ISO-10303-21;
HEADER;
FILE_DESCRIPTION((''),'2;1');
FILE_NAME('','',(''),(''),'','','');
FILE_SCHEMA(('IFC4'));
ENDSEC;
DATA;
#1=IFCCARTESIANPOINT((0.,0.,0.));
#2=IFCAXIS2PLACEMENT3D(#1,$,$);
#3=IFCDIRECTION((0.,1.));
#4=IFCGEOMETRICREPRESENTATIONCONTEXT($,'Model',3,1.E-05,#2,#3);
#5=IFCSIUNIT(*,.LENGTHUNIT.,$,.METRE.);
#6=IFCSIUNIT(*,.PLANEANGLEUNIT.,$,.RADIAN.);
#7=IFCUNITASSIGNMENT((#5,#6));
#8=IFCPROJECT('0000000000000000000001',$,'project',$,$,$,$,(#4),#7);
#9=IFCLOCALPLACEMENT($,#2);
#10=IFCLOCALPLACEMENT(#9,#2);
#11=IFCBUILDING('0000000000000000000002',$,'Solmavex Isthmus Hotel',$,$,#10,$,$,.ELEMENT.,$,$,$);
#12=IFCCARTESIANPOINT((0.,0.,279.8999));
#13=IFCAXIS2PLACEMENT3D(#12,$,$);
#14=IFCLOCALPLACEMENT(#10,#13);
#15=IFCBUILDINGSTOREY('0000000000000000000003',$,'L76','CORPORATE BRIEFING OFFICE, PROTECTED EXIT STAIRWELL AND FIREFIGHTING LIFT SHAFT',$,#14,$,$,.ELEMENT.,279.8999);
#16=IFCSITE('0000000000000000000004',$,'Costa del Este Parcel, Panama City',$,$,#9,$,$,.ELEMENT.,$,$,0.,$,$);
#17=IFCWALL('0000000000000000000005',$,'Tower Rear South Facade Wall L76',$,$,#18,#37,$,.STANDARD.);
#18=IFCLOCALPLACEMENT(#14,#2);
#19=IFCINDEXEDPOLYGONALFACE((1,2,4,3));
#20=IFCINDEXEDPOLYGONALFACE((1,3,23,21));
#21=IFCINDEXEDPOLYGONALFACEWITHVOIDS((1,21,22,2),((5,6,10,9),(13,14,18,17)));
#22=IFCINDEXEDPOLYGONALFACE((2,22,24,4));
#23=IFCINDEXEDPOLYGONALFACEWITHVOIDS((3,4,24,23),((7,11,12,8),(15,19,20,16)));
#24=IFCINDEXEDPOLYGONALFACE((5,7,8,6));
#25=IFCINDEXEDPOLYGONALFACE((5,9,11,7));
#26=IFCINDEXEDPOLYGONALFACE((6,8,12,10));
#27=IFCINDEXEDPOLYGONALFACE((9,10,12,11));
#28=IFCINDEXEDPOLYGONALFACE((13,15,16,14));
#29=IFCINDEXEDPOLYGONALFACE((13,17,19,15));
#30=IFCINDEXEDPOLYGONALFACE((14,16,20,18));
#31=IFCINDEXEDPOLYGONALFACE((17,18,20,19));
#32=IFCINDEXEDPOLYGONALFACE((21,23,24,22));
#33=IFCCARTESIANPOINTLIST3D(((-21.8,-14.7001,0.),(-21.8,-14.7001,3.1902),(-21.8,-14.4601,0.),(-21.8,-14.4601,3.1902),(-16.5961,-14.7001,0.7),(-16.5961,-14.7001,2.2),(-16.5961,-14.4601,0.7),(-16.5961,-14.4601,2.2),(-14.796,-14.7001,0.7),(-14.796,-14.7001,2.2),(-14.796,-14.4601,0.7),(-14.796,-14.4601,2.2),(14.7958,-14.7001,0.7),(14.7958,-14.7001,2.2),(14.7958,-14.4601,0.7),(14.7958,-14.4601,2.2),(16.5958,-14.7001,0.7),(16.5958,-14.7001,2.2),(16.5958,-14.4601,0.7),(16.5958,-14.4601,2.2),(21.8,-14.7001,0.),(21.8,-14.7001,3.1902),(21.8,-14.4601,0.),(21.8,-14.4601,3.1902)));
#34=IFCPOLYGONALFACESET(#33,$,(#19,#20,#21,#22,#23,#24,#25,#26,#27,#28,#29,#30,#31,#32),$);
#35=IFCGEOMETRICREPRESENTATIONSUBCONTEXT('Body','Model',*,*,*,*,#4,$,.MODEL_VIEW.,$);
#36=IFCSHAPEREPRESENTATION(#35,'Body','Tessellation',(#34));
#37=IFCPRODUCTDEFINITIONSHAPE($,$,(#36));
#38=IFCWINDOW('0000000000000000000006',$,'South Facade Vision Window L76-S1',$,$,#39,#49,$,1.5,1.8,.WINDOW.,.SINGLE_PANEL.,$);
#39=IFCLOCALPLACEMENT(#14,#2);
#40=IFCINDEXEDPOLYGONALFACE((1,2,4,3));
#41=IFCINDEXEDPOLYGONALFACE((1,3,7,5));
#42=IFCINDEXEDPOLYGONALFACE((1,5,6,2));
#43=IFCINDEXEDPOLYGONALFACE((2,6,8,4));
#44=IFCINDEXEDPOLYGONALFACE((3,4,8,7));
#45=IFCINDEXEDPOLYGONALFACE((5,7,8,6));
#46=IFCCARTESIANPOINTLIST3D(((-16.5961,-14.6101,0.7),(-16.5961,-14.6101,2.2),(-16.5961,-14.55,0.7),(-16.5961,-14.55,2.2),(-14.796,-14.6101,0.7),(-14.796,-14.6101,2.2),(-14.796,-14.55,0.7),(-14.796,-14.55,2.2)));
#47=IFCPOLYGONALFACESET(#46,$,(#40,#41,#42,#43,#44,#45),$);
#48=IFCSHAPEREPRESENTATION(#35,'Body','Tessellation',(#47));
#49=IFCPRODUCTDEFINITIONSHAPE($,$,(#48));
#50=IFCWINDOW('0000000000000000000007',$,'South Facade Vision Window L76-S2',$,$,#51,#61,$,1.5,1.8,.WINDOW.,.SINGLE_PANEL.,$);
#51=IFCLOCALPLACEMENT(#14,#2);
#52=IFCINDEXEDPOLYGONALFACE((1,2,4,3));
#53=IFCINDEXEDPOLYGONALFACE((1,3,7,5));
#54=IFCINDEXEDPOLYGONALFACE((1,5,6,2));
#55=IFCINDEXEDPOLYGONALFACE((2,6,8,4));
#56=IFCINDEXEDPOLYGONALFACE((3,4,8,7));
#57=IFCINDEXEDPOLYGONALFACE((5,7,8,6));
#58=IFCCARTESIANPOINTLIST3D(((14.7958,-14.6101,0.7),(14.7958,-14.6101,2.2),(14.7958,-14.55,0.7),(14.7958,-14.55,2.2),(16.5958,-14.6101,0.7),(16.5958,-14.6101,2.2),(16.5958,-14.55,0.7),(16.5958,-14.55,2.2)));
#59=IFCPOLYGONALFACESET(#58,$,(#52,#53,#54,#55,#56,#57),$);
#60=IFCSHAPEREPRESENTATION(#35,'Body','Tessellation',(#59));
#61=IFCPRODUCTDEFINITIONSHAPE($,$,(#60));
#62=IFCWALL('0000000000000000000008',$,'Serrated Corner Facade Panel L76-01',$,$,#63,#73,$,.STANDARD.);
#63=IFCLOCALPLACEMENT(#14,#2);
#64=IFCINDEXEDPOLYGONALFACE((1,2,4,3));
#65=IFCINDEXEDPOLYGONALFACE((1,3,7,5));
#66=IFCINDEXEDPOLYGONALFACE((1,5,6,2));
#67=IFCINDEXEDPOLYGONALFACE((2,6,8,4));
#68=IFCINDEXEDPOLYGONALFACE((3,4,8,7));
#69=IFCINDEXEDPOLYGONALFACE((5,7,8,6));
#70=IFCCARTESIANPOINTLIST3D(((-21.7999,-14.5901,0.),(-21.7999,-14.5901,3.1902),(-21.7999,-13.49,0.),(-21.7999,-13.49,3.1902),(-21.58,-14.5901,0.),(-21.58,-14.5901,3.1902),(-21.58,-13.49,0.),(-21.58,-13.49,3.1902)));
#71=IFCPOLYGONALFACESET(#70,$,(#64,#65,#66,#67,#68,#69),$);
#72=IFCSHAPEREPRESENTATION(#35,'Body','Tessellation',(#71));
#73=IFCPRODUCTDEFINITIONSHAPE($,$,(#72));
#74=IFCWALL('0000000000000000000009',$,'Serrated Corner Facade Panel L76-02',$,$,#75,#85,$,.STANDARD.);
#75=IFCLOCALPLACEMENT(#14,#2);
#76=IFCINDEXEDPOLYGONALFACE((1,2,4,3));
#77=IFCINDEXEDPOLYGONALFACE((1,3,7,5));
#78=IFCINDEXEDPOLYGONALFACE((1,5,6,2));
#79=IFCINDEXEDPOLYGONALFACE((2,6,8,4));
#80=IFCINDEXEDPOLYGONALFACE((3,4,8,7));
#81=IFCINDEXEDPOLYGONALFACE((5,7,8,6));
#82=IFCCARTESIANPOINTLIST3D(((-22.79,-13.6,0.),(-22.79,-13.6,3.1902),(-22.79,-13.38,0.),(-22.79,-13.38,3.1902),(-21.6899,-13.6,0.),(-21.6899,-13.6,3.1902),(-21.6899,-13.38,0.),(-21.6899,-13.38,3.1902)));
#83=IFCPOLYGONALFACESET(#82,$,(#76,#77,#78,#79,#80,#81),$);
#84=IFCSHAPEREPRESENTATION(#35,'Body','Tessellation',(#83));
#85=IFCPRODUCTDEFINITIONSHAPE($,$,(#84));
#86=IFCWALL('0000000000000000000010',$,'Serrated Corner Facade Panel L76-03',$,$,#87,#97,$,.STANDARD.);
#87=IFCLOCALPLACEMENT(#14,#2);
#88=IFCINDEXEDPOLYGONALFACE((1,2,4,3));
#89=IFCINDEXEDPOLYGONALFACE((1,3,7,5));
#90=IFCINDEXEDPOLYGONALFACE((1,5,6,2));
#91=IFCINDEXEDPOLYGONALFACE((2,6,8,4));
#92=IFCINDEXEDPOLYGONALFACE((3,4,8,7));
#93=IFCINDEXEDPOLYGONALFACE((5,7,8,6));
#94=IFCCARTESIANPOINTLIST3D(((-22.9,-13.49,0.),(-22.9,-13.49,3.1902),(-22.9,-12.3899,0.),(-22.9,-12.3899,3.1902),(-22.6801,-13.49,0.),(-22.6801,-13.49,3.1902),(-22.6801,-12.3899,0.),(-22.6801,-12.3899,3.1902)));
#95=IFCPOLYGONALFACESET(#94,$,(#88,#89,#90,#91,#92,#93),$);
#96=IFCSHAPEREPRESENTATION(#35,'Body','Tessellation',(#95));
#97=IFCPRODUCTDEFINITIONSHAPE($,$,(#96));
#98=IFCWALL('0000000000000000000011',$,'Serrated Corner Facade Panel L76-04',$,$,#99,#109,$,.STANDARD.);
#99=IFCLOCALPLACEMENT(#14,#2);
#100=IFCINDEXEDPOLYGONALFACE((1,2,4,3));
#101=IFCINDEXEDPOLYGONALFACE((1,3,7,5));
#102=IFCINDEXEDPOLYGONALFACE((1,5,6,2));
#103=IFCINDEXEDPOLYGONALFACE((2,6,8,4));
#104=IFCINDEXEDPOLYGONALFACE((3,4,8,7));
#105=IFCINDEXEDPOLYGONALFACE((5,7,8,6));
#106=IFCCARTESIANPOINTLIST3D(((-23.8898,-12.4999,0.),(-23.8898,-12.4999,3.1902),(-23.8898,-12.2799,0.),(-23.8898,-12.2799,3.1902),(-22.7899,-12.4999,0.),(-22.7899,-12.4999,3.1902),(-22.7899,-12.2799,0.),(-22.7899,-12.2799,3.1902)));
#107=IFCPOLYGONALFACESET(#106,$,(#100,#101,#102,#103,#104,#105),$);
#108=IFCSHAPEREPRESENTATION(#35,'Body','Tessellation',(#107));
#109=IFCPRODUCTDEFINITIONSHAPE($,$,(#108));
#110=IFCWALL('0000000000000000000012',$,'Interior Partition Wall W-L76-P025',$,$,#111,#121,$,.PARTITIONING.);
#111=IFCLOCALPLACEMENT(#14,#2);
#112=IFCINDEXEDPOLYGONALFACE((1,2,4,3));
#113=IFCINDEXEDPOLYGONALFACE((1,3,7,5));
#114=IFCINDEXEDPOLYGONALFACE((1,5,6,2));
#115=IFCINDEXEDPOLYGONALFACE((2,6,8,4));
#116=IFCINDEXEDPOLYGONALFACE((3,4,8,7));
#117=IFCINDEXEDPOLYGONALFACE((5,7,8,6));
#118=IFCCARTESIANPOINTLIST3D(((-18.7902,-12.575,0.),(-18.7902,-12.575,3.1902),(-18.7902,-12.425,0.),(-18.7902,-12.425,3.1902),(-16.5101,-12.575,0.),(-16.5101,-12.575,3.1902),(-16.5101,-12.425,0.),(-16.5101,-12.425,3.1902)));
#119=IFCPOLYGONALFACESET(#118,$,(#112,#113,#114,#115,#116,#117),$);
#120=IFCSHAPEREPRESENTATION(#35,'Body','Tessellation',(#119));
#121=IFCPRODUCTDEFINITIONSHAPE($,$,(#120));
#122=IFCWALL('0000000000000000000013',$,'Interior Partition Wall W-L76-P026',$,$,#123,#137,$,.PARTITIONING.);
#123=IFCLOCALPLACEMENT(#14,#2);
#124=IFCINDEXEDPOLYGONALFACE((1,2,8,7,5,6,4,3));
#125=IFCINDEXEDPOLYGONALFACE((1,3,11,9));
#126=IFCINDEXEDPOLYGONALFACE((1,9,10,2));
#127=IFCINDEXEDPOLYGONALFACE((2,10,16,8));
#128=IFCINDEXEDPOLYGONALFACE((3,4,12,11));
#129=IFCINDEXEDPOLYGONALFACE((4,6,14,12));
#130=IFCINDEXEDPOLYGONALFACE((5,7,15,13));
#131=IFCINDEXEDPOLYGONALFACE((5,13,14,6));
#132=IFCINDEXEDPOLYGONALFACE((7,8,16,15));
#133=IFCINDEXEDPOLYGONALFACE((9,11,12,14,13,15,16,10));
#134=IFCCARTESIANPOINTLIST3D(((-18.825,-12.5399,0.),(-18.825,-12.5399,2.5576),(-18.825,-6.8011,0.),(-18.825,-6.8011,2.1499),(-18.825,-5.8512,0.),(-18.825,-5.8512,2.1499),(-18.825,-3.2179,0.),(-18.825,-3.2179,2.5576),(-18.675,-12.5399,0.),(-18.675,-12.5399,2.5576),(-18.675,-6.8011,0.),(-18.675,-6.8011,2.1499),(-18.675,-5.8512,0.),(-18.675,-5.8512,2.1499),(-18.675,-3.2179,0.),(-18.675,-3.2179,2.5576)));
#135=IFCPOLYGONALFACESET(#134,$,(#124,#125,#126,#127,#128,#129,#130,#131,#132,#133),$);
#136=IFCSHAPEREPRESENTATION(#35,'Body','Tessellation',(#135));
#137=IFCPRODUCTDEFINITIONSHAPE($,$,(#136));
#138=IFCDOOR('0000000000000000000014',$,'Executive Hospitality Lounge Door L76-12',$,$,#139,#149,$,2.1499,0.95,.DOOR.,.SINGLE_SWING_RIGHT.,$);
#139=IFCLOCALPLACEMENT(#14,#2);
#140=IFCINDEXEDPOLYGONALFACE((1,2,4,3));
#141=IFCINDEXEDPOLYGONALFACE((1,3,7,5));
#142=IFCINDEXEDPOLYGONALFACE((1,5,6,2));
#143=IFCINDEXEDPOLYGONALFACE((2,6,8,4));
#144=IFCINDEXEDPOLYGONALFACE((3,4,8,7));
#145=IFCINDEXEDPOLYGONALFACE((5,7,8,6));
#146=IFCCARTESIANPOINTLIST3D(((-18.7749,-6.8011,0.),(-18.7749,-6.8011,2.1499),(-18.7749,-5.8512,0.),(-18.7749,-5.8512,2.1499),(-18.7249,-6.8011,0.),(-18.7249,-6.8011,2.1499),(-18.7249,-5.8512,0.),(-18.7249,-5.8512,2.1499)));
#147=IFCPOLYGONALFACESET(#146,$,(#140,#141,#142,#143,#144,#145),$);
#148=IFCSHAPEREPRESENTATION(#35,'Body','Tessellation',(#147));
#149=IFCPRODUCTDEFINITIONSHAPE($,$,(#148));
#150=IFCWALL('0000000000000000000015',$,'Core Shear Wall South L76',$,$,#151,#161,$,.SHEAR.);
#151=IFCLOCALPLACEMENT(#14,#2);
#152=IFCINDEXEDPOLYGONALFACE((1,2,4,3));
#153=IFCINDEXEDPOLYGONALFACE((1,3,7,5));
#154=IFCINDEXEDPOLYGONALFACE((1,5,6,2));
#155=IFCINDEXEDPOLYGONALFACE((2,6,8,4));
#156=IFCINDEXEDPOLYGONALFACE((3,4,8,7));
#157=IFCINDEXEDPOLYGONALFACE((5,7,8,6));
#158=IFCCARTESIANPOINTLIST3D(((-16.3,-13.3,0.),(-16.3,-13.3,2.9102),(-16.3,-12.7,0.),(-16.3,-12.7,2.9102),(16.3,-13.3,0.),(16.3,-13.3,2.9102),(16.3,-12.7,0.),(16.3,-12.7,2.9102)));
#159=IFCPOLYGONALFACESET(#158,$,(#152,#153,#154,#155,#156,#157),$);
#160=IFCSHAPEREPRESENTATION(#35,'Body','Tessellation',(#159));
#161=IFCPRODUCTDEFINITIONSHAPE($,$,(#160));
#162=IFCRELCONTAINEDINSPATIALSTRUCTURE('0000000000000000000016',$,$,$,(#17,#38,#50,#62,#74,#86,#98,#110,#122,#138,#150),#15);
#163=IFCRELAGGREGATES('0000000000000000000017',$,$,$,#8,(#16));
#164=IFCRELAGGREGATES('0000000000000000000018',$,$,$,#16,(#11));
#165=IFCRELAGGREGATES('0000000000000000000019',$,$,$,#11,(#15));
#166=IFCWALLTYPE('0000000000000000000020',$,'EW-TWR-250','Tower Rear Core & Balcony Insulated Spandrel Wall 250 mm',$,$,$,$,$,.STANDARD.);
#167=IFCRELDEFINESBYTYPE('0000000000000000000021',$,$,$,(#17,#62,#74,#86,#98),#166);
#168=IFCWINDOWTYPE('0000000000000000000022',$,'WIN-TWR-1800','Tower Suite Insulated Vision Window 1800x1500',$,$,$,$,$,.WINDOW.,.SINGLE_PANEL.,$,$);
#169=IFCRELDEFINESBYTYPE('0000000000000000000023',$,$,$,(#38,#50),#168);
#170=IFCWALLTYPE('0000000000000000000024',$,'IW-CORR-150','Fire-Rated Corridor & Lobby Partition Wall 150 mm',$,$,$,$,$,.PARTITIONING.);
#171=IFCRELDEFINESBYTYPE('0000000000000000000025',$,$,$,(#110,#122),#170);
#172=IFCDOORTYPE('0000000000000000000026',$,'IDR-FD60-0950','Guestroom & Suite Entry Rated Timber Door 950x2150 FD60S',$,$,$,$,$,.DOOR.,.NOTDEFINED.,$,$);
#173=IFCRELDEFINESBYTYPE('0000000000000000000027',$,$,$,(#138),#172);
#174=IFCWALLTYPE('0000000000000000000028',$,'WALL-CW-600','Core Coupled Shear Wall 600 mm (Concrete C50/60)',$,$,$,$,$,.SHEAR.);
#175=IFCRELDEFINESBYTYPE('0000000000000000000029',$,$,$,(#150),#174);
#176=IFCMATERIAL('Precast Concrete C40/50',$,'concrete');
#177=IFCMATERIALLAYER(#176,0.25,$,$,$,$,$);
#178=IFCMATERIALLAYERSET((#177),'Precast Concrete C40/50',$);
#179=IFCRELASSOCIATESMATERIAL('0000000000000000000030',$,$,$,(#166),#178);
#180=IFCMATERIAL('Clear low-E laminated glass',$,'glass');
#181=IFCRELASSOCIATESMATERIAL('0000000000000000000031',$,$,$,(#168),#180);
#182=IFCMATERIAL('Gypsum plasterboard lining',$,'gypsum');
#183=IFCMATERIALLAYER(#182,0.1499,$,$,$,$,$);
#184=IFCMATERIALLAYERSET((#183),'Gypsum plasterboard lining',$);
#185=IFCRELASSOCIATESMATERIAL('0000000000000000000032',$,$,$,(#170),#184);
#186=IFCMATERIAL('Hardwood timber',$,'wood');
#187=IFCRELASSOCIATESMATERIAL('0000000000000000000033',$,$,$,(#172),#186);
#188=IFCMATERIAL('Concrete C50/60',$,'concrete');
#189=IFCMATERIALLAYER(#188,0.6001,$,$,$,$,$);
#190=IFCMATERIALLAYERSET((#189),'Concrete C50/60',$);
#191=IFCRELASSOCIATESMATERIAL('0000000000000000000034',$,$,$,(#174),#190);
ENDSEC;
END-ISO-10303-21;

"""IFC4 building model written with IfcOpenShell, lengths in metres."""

from ifc_helpers import new_model, si_unit, direction, frame, frame_2d, origin, place, context, subcontext, project, spatial, rectangle, extrude, material, layer, layer_set, type_object, element, fill, save


model = new_model("IFC4")

# Units and contexts
model_context = context("Model", 3, precision=1e-05, world=origin(), true_north=direction((0.0, 1.0)))
body_context = subcontext(model_context, "Body", "Model", "MODEL_VIEW")
ifc_project = project(units=[si_unit("LENGTHUNIT", "METRE"), si_unit("PLANEANGLEUNIT", "RADIAN")], contexts=[model_context])

# Site, building, storey
site_placement = place(None, origin())
site = spatial("IfcSite", under=ifc_project, at=site_placement, Name="Costa del Este Parcel, Panama City", CompositionType="ELEMENT", RefElevation=0.0)
building_placement = place(site_placement, origin())
building = spatial("IfcBuilding", under=site, at=building_placement, Name="Solmavex Isthmus Hotel", CompositionType="ELEMENT")
storey_placement = place(building_placement, frame((0.0, 0.0, 279.8999)))
storey = spatial("IfcBuildingStorey", under=building, at=storey_placement, Name="L76", Description="CORPORATE BRIEFING OFFICE, PROTECTED EXIT STAIRWELL AND FIREFIGHTING LIFT SHAFT", CompositionType="ELEMENT", Elevation=279.8999)

# Shared definitions
ifc_material_1 = material(Name="Concrete C50/60", Category="concrete")

# Shared definitions
ifc_material_2 = material(Name="Clear low-E laminated glass", Category="glass")

# Wall, openings, windows
ifc_material_3 = material(Name="Precast Concrete C40/50", Category="concrete")
ifc_layer_1 = layer(ifc_material_3, 0.25)
ifc_layer_set_1 = layer_set([ifc_layer_1], Name="Precast Concrete C40/50")
wall_type_1 = type_object("IfcWallType", Name="EW-TWR-250", Description="Tower Rear Core & Balcony Insulated Spandrel Wall 250 mm", PredefinedType="STANDARD", material=ifc_layer_set_1)
wall_1_placement = place(storey_placement, frame((-21.8, -14.5801, 0.0), z_axis=(0.0, 0.0, 1.0), x_axis=(1.0, 0.0, 0.0)))
wall_1 = element("IfcWall", 1, at=wall_1_placement, inside=storey, type_object=wall_type_1, Name="Tower Rear South Facade Wall L76", PredefinedType="STANDARD", context=body_context, shape_type="SweptSolid", body=[
    extrude(rectangle(XDim=43.6001, YDim=0.24, at=frame_2d((21.8, 0.0))), origin(), (0.0, 0.0, 1.0), 3.1902),
])
opening_1_placement = place(wall_1_placement, frame((5.2041, 0.0, 0.7)))
opening_1 = element("IfcOpeningElement", 2, at=opening_1_placement, cuts=wall_1, PredefinedType="OPENING", context=body_context, shape_type="SweptSolid", body=[
    extrude(rectangle(XDim=1.8, YDim=1.5, at=frame_2d((0.8999, 0.75))), frame((0.0, 0.1299, 0.0), z_axis=(0.0, -1.0, 0.0), x_axis=(1.0, 0.0, 0.0)), (0.0, 0.0, 1.0), 0.26),
])
opening_2_placement = place(wall_1_placement, frame((36.5959, 0.0, 0.7)))
opening_2 = element("IfcOpeningElement", 3, at=opening_2_placement, cuts=wall_1, PredefinedType="OPENING", context=body_context, shape_type="SweptSolid", body=[
    extrude(rectangle(XDim=1.8, YDim=1.5, at=frame_2d((0.8999, 0.75))), frame((0.0, 0.1299, 0.0), z_axis=(0.0, -1.0, 0.0), x_axis=(1.0, 0.0, 0.0)), (0.0, 0.0, 1.0), 0.26),
])
window_type = type_object("IfcWindowType", Name="WIN-TWR-1800", Description="Tower Suite Insulated Vision Window 1800x1500", PartitioningType="SINGLE_PANEL", PredefinedType="WINDOW", material=ifc_material_2)
window_1_placement = place(opening_1_placement, origin())
window_1 = element("IfcWindow", 4, at=window_1_placement, inside=storey, type_object=window_type, Name="South Facade Vision Window L76-S1", OverallHeight=1.5, OverallWidth=1.8, PartitioningType="SINGLE_PANEL", PredefinedType="WINDOW", context=body_context, shape_type="SweptSolid", body=[
    extrude(rectangle(XDim=1.8, YDim=1.5, at=frame_2d((0.8999, 0.75))), frame((0.0, 0.03, 0.0), z_axis=(0.0, -1.0, 0.0), x_axis=(1.0, 0.0, 0.0)), (0.0, 0.0, 1.0), 0.0601),
])
fill(opening_1, window_1)
window_2_placement = place(opening_2_placement, origin())
window_2 = element("IfcWindow", 5, at=window_2_placement, inside=storey, type_object=window_type, Name="South Facade Vision Window L76-S2", OverallHeight=1.5, OverallWidth=1.8, PartitioningType="SINGLE_PANEL", PredefinedType="WINDOW", context=body_context, shape_type="SweptSolid", body=[
    extrude(rectangle(XDim=1.8, YDim=1.5, at=frame_2d((0.8999, 0.75))), frame((0.0, 0.03, 0.0), z_axis=(0.0, -1.0, 0.0), x_axis=(1.0, 0.0, 0.0)), (0.0, 0.0, 1.0), 0.0601),
])
fill(opening_2, window_2)

# Walls
for number, where, z_axis, x_axis, name in (
    (6, (-21.6899, -14.5901, 0.0), (0.0, 0.0, 1.0), (0.0, 1.0, 0.0), "Serrated Corner Facade Panel L76-01"),
    (7, (-21.6899, -13.49, 0.0), (0.0, 0.0, 1.0), (-1.0, 0.0, 0.0), "Serrated Corner Facade Panel L76-02"),
    (8, (-22.79, -13.49, 0.0), (0.0, 0.0, 1.0), (0.0, 1.0, 0.0), "Serrated Corner Facade Panel L76-03"),
):
    element("IfcWall", number, at=place(storey_placement, frame(where, z_axis=z_axis, x_axis=x_axis)), inside=storey, type_object=wall_type_1, Name=name, PredefinedType="STANDARD", context=body_context, shape_type="SweptSolid", body=[
        extrude(rectangle(XDim=1.1001, YDim=0.22, at=frame_2d((0.55, 0.0))), origin(), (0.0, 0.0, 1.0), 3.1902),
    ])
wall_2_placement = place(storey_placement, frame((-22.79, -12.3899, 0.0), z_axis=(0.0, 0.0, 1.0), x_axis=(-1.0, 0.0, 0.0)))
element("IfcWall", 9, at=wall_2_placement, inside=storey, type_object=wall_type_1, Name="Serrated Corner Facade Panel L76-04", PredefinedType="STANDARD", context=body_context, shape_type="SweptSolid", body=[
    extrude(rectangle(XDim=1.0999, YDim=0.22, at=frame_2d((0.5498, 0.0))), origin(), (0.0, 0.0, 1.0), 3.1902),
])
ifc_material_4 = material(Name="Gypsum plasterboard lining", Category="gypsum")
ifc_layer_2 = layer(ifc_material_4, 0.1499)
ifc_layer_set_2 = layer_set([ifc_layer_2], Name="Gypsum plasterboard lining")
wall_type_2 = type_object("IfcWallType", Name="IW-CORR-150", Description="Fire-Rated Corridor & Lobby Partition Wall 150 mm", PredefinedType="PARTITIONING", material=ifc_layer_set_2)
wall_3_placement = place(storey_placement, frame((-16.51, -12.5, 0.0), z_axis=(0.0, 0.0, 1.0), x_axis=(-1.0, 0.0, 0.0)))
element("IfcWall", 10, at=wall_3_placement, inside=storey, type_object=wall_type_2, Name="Interior Partition Wall W-L76-P025", PredefinedType="PARTITIONING", context=body_context, shape_type="SweptSolid", body=[
    extrude(rectangle(XDim=2.28, YDim=0.1499, at=frame_2d((1.1401, 0.0))), origin(), (0.0, 0.0, 1.0), 3.1902),
])

# Wall, opening, door
wall_4_placement = place(storey_placement, frame((-18.75, -12.54, 0.0), z_axis=(0.0, 0.0, 1.0), x_axis=(0.0, 1.0, 0.0)))
wall_4 = element("IfcWall", 11, at=wall_4_placement, inside=storey, type_object=wall_type_2, Name="Interior Partition Wall W-L76-P026", PredefinedType="PARTITIONING", context=body_context, shape_type="SweptSolid", body=[
    extrude(rectangle(XDim=9.322, YDim=0.1499, at=frame_2d((4.6611, 0.0))), origin(), (0.0, 0.0, 1.0), 2.5576),
])
opening_3_placement = place(wall_4_placement, frame((5.7388, 0.0, 0.0)))
opening_3 = element("IfcOpeningElement", 12, at=opening_3_placement, cuts=wall_4, PredefinedType="OPENING", context=body_context, shape_type="SweptSolid", body=[
    extrude(rectangle(XDim=0.95, YDim=2.1499, at=frame_2d((0.4751, 1.075))), frame((0.0, 0.085, 0.0), z_axis=(0.0, -1.0, 0.0), x_axis=(1.0, 0.0, 0.0)), (0.0, 0.0, 1.0), 0.1699),
])
ifc_material_5 = material(Name="Hardwood timber", Category="wood")
door_type = type_object("IfcDoorType", Name="IDR-FD60-0950", Description="Guestroom & Suite Entry Rated Timber Door 950x2150 FD60S", OperationType="NOTDEFINED", PredefinedType="DOOR", material=ifc_material_5)
door_placement = place(opening_3_placement, origin())
door = element("IfcDoor", 13, at=door_placement, inside=storey, type_object=door_type, Name="Executive Hospitality Lounge Door L76-12", OperationType="SINGLE_SWING_RIGHT", OverallHeight=2.1499, OverallWidth=0.95, PredefinedType="DOOR", context=body_context, shape_type="SweptSolid", body=[
    extrude(rectangle(XDim=0.95, YDim=2.1499, at=frame_2d((0.4751, 1.075))), frame((0.0, 0.0249, 0.0), z_axis=(0.0, -1.0, 0.0), x_axis=(1.0, 0.0, 0.0)), (0.0, 0.0, 1.0), 0.05),
])
fill(opening_3, door)

# Wall
ifc_layer_3 = layer(ifc_material_1, 0.6001)
ifc_layer_set_3 = layer_set([ifc_layer_3], Name="Concrete C50/60")
wall_type_3 = type_object("IfcWallType", Name="WALL-CW-600", Description="Core Coupled Shear Wall 600 mm (Concrete C50/60)", PredefinedType="SHEAR", material=ifc_layer_set_3)
wall_5_placement = place(storey_placement, frame((-16.3, -13.0, 0.0), z_axis=(0.0, 0.0, 1.0), x_axis=(1.0, 0.0, 0.0)))
element("IfcWall", 14, at=wall_5_placement, inside=storey, type_object=wall_type_3, Name="Core Shear Wall South L76", PredefinedType="SHEAR", context=body_context, shape_type="SweptSolid", body=[
    extrude(rectangle(XDim=32.6001, YDim=0.6001, at=frame_2d((16.3, 0.0))), origin(), (0.0, 0.0, 1.0), 2.9102),
])

save(model, "model.ifc")
